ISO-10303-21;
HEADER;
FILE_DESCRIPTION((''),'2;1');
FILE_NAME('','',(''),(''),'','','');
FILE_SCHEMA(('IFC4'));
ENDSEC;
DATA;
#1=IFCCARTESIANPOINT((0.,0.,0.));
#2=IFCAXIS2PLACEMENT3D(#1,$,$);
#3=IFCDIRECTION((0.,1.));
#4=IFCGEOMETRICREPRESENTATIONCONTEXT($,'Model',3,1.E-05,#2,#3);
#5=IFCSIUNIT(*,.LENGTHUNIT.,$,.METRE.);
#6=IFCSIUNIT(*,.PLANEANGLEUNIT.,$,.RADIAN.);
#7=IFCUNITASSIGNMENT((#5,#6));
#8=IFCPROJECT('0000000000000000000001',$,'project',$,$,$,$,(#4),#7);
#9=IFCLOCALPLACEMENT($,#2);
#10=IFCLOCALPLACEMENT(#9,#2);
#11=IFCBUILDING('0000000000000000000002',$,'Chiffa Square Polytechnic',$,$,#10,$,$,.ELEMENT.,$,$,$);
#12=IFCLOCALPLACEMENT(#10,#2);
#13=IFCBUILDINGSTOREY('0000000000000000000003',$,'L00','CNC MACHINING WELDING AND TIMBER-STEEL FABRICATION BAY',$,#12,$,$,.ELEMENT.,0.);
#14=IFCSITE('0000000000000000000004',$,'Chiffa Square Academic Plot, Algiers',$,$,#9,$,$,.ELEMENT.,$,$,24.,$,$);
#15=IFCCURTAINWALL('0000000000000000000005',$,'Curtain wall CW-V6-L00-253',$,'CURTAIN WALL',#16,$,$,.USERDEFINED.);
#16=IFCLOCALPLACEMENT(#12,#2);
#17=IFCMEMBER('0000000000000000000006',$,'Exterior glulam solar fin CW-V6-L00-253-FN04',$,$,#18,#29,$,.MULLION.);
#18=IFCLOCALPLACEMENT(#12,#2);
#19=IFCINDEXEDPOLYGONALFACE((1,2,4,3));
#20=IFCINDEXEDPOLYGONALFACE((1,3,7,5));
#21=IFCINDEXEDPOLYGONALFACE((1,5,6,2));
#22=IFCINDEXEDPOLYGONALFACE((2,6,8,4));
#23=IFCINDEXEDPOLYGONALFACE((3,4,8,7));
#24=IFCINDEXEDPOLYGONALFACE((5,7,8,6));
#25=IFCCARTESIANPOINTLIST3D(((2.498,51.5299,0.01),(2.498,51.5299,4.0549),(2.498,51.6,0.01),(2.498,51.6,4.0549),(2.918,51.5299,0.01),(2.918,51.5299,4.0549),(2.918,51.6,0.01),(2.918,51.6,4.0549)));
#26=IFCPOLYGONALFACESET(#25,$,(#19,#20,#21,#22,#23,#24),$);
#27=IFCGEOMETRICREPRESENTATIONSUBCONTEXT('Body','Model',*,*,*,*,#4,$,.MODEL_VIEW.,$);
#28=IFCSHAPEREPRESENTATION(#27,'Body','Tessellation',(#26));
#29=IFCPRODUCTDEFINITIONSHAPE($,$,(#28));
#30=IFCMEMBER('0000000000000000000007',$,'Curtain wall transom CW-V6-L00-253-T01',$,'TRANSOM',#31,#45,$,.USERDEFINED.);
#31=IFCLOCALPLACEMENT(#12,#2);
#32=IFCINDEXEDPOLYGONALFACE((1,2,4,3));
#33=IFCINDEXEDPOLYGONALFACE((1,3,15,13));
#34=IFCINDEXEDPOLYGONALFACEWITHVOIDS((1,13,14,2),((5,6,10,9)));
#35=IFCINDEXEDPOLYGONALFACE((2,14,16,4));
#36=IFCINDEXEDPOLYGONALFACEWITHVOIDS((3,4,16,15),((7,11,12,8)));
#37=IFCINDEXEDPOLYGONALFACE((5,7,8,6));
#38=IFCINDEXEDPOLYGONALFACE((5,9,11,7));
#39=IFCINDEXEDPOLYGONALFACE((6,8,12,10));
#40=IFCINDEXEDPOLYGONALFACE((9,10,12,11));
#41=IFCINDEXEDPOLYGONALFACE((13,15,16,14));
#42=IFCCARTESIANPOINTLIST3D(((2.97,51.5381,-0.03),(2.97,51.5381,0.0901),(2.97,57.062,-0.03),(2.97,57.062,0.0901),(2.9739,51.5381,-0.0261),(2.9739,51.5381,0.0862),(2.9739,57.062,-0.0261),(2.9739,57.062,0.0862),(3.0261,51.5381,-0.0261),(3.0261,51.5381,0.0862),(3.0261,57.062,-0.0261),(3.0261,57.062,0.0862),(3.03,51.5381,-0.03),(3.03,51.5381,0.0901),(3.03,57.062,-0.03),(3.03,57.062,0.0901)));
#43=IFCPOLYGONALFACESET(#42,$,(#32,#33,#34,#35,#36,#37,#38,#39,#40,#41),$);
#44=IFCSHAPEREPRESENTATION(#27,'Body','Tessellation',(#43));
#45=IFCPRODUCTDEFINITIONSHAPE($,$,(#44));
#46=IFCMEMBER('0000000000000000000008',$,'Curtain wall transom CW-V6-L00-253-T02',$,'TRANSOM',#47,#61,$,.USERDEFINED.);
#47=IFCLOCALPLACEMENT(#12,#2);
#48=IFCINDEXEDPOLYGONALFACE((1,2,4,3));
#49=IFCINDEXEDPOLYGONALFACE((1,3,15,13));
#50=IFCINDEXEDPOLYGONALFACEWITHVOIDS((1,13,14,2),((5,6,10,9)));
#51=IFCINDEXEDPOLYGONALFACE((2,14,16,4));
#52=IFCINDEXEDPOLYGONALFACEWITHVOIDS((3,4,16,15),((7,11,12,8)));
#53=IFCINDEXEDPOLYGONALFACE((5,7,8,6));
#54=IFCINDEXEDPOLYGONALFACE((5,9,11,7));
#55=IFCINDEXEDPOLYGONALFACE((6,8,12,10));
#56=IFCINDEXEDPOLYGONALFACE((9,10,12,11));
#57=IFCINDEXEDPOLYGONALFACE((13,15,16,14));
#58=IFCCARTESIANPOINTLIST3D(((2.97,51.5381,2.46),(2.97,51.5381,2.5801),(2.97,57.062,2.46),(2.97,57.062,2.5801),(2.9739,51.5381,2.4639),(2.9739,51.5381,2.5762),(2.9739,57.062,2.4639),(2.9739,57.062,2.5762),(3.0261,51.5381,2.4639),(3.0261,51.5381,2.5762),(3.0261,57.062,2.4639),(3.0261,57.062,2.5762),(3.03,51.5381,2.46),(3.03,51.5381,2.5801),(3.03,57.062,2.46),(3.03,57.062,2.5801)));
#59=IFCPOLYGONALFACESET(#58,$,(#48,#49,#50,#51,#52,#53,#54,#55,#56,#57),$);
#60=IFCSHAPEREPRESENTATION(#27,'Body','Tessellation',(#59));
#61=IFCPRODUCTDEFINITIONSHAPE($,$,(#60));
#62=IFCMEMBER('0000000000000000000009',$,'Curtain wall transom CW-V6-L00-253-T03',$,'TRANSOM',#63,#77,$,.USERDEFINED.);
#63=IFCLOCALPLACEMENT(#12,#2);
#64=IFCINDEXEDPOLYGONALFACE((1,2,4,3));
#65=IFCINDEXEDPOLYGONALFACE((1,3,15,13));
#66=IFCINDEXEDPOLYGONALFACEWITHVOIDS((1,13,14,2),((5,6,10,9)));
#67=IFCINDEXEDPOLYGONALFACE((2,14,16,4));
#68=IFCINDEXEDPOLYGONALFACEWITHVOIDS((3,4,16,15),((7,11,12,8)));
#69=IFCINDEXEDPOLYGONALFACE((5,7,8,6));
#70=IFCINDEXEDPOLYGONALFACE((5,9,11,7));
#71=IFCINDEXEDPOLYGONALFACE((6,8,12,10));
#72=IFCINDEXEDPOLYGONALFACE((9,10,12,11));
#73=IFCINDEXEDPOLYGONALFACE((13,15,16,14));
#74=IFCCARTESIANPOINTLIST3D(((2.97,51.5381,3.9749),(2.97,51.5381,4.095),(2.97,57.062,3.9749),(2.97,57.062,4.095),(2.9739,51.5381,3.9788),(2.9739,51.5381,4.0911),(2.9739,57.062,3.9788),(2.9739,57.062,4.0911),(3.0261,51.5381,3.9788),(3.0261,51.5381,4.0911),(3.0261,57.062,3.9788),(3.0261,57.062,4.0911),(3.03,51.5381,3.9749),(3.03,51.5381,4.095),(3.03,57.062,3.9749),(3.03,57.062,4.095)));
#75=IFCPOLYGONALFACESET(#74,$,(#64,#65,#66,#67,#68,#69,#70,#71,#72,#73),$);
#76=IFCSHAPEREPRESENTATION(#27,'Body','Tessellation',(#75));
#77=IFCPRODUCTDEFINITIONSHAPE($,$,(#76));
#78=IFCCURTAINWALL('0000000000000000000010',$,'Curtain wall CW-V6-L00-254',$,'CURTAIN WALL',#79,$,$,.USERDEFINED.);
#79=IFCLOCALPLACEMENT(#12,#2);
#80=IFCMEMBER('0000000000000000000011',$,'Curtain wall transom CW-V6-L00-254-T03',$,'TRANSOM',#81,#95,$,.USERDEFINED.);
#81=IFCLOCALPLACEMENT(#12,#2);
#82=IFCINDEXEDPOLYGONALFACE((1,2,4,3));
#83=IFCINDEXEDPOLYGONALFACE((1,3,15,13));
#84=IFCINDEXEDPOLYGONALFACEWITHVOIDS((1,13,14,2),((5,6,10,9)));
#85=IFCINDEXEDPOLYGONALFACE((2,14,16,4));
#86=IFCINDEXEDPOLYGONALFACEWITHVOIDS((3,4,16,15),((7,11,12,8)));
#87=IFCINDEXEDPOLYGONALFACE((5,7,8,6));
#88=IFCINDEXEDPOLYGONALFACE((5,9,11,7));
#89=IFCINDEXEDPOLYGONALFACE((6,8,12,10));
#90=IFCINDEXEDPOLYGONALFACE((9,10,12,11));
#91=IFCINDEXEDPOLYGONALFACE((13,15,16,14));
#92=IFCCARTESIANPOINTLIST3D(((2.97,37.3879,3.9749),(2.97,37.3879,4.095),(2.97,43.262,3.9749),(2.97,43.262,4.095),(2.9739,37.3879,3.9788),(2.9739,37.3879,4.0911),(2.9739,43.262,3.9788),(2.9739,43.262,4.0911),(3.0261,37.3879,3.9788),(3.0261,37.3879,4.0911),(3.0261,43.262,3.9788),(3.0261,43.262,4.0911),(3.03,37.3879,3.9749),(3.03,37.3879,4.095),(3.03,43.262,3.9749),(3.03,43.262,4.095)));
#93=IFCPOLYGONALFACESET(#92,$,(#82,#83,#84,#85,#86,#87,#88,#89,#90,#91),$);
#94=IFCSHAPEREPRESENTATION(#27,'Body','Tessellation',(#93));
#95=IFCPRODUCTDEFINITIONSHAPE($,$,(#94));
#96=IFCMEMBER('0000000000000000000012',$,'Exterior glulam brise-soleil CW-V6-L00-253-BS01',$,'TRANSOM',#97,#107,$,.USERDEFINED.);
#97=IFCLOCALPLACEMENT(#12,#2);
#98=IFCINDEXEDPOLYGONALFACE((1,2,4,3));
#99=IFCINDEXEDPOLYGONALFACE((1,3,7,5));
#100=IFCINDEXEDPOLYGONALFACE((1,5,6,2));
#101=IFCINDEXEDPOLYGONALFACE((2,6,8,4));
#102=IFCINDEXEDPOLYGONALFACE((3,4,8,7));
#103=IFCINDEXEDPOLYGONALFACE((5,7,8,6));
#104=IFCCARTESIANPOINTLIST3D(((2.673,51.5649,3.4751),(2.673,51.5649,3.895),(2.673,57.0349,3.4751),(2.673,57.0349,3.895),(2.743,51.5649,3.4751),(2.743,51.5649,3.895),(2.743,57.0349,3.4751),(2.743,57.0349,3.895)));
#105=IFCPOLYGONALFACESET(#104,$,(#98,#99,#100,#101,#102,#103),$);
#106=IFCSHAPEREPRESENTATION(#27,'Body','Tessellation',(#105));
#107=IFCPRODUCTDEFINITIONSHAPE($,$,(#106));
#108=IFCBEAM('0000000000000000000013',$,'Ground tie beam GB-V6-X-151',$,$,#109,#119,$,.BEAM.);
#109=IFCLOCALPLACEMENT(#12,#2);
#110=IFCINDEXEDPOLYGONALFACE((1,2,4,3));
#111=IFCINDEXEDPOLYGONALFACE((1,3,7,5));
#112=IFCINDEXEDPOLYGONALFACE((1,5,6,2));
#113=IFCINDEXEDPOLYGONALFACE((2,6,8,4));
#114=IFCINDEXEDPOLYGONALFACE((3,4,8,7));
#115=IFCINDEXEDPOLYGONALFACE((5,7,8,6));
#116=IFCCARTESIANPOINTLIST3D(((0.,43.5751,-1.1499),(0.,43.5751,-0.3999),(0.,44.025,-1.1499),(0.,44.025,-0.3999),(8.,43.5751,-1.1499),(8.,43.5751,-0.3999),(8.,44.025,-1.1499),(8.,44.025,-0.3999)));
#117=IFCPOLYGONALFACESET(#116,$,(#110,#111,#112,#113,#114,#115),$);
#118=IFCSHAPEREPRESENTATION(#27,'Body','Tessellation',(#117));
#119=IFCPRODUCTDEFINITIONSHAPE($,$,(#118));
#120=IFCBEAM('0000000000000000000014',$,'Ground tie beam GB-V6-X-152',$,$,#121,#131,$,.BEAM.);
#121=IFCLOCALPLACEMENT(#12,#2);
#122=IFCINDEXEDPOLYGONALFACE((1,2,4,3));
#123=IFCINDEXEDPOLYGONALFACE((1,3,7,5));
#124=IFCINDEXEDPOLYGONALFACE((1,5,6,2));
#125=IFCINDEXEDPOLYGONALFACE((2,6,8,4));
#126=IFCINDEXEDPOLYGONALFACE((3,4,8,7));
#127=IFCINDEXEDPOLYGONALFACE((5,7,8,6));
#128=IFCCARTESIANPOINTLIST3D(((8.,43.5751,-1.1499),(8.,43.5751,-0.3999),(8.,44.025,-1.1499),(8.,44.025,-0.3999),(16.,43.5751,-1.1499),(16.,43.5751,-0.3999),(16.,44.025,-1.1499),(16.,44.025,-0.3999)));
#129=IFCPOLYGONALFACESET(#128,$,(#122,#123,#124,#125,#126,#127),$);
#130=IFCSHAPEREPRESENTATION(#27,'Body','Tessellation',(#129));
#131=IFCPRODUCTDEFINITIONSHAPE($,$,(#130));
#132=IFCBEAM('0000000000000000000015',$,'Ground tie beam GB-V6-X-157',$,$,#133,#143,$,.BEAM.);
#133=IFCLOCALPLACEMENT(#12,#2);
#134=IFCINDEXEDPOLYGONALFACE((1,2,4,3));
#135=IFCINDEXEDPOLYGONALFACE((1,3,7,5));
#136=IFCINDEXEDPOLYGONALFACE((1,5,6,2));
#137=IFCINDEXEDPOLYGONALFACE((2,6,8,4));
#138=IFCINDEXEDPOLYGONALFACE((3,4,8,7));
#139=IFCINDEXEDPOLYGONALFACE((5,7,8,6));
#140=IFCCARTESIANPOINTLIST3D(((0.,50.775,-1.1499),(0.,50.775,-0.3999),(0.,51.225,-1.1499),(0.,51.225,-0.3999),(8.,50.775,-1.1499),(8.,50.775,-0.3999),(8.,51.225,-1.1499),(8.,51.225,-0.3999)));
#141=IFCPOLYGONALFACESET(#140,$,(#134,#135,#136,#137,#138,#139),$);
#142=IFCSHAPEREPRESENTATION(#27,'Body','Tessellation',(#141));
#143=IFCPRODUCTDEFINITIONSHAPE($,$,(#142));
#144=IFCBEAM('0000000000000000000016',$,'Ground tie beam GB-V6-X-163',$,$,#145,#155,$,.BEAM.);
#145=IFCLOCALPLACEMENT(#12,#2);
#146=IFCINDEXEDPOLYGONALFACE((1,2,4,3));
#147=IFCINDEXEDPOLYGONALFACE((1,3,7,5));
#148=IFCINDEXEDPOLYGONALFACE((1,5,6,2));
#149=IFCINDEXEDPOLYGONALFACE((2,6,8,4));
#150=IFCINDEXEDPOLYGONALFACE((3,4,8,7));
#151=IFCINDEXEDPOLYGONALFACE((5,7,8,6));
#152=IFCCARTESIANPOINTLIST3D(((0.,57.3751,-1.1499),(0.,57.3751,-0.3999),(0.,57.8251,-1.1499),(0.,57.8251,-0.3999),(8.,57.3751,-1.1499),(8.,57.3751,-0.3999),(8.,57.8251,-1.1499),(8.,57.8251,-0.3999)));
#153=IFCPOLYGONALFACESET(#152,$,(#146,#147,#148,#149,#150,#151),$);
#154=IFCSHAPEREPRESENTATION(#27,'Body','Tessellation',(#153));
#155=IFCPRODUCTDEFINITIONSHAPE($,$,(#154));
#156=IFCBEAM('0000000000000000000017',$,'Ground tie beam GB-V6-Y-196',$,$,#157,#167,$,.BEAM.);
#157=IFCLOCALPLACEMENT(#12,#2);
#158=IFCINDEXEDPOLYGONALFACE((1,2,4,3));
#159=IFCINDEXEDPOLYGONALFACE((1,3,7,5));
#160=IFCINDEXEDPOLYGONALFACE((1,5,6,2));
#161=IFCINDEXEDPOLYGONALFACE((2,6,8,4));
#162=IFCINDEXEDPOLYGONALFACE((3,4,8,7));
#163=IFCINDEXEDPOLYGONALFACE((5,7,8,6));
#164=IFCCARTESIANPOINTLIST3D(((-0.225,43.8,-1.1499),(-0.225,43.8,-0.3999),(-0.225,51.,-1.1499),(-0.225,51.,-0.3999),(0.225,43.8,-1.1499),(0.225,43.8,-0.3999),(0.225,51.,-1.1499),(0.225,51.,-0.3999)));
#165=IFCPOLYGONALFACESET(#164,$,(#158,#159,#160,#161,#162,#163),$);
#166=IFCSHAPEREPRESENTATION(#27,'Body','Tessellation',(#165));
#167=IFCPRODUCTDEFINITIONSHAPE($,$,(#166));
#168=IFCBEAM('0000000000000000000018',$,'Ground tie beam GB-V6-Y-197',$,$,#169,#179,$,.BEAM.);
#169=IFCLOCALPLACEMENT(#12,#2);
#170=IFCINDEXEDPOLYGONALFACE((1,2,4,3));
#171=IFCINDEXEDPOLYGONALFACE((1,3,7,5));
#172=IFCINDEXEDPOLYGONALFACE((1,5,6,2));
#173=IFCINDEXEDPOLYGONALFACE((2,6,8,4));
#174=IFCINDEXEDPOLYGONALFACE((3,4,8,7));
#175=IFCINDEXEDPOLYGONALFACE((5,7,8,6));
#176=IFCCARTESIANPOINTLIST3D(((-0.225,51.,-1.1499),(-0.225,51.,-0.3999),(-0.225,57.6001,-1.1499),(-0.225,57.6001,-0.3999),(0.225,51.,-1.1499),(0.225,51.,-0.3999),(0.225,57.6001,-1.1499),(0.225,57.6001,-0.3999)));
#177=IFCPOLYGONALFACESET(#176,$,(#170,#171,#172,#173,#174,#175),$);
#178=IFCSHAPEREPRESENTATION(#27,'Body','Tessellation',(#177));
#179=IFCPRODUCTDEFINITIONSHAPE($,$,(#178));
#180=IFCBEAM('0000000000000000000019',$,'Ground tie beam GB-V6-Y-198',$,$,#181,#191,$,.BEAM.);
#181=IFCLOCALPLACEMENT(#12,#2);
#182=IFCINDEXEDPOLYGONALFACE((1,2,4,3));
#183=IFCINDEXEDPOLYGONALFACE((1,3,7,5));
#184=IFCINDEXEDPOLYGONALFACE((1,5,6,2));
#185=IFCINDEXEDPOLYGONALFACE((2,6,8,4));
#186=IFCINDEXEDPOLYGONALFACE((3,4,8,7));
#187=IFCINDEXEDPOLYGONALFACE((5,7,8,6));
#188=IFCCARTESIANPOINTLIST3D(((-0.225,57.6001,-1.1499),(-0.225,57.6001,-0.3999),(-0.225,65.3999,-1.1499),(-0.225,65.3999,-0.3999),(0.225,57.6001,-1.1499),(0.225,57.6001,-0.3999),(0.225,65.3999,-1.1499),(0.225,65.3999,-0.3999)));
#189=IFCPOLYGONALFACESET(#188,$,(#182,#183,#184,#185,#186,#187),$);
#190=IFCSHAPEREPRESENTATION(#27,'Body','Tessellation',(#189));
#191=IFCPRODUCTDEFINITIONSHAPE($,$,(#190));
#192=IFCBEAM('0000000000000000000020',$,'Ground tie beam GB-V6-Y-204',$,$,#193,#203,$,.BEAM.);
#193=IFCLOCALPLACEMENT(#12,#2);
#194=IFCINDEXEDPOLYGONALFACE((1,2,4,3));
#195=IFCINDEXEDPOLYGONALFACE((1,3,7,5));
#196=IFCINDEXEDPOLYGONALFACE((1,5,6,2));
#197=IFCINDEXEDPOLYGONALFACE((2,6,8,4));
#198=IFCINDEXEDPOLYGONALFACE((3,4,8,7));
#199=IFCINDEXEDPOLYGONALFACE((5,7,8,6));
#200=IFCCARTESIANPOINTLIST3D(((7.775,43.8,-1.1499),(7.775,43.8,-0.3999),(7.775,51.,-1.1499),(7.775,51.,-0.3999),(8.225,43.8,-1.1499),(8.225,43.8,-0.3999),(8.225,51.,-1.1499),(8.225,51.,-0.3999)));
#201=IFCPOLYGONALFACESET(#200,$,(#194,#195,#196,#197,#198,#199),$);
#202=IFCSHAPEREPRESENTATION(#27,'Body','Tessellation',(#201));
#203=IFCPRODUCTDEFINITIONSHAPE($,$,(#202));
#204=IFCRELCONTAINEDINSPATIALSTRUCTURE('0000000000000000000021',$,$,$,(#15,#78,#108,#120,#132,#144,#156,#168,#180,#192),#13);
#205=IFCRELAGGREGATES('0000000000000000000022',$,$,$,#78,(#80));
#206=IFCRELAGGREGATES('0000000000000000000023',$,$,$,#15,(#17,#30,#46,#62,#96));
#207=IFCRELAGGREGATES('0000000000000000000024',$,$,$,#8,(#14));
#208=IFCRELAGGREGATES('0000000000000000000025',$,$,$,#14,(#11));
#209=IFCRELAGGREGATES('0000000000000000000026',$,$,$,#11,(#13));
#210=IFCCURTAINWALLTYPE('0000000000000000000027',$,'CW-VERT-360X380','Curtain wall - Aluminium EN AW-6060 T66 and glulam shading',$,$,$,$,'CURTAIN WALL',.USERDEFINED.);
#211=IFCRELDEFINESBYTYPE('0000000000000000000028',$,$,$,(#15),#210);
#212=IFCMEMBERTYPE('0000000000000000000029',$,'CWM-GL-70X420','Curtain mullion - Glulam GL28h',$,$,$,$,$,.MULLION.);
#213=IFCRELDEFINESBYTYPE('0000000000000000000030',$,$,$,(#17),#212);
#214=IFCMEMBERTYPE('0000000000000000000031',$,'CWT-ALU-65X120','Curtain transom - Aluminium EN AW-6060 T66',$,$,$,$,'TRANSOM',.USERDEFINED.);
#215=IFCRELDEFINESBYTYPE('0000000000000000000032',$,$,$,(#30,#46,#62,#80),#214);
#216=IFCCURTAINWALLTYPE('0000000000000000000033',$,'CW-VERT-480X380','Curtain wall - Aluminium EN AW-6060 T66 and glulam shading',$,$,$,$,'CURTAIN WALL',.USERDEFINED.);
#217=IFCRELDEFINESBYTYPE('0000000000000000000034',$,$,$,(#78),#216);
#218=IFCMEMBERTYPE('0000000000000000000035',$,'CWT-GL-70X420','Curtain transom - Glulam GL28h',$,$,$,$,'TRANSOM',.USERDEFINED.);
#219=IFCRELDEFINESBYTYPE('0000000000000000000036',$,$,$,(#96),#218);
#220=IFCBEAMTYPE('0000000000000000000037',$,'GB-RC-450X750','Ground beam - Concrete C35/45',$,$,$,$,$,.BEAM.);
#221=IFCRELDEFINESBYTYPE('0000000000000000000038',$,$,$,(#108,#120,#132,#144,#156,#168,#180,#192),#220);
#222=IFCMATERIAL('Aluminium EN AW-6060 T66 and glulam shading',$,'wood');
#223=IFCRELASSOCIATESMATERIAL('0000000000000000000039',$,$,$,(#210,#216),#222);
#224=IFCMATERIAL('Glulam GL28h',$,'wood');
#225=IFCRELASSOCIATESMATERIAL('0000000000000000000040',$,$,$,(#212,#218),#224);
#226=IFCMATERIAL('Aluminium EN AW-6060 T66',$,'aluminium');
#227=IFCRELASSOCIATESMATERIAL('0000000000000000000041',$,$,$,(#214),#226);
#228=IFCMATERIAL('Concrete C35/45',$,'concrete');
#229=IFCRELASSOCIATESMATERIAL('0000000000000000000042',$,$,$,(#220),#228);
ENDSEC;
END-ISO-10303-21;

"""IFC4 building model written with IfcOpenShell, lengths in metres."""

from ifc_helpers import new_model, si_unit, direction, frame, origin, origin_2d, place, context, subcontext, project, spatial, rectangle, hollow_rectangle, extrude, material, material_profile, profile_set, type_object, element, aggregate, save


model = new_model("IFC4")

# Units and contexts
model_context = context("Model", 3, precision=1e-05, world=origin(), true_north=direction((0.0, 1.0)))
body_context = subcontext(model_context, "Body", "Model", "MODEL_VIEW")
ifc_project = project(units=[si_unit("LENGTHUNIT", "METRE"), si_unit("PLANEANGLEUNIT", "RADIAN")], contexts=[model_context])

# Site, building, storey
site_placement = place(None, origin())
site = spatial("IfcSite", under=ifc_project, at=site_placement, Name="Chiffa Square Academic Plot, Algiers", CompositionType="ELEMENT", RefElevation=24.0)
building_placement = place(site_placement, origin())
building = spatial("IfcBuilding", under=site, at=building_placement, Name="Chiffa Square Polytechnic", CompositionType="ELEMENT")
storey_placement = place(building_placement, origin())
storey = spatial("IfcBuildingStorey", under=building, at=storey_placement, Name="L00", Description="CNC MACHINING WELDING AND TIMBER-STEEL FABRICATION BAY", CompositionType="ELEMENT", Elevation=0.0)

# Shared definitions
ifc_material_1 = material(Name="Concrete C35/45", Category="concrete")

# Curtain wall, members
ifc_material_2 = material(Name="Aluminium EN AW-6060 T66 and glulam shading", Category="wood")
curtain_wall_type_1 = type_object("IfcCurtainWallType", Name="CW-VERT-360X380", Description="Curtain wall - Aluminium EN AW-6060 T66 and glulam shading", ElementType="CURTAIN WALL", PredefinedType="USERDEFINED", material=ifc_material_2)
curtain_wall_1_placement = place(storey_placement, origin())
curtain_wall_1 = element("IfcCurtainWall", 1, at=curtain_wall_1_placement, inside=storey, type_object=curtain_wall_type_1, Name="Curtain wall CW-V6-L00-253", ObjectType="CURTAIN WALL", PredefinedType="USERDEFINED")
ifc_material_3 = material(Name="Aluminium EN AW-6060 T66", Category="aluminium")
ifc_material_4 = material(Name="Glulam GL28h", Category="wood")
ifc_material_profile_1 = material_profile(ifc_material_4, rectangle(XDim=0.0701, YDim=0.4199, at=origin_2d()), Name="GL28h 70x420")
ifc_profile_set_1 = profile_set([ifc_material_profile_1], Name="Glulam GL28h")
member_type_1 = type_object("IfcMemberType", Name="CWM-GL-70X420", Description="Curtain mullion - Glulam GL28h", PredefinedType="MULLION", material=ifc_profile_set_1)
member_1_placement = place(storey_placement, frame((2.708, 51.5649, 0.01), z_axis=(0.0, 0.0, 1.0), x_axis=(0.0, -1.0, 0.0)))
member_1 = element("IfcMember", 2, at=member_1_placement, type_object=member_type_1, Name="Exterior glulam solar fin CW-V6-L00-253-FN04", PredefinedType="MULLION", context=body_context, shape_type="SweptSolid", body=[
    extrude(rectangle(XDim=0.0701, YDim=0.4199, at=origin_2d()), origin(), (0.0, 0.0, 1.0), 4.0449),
])
ifc_material_profile_2 = material_profile(ifc_material_3, hollow_rectangle(XDim=0.0601, YDim=0.1201, WallThickness=0.0039, at=origin_2d()), Name="ALU 60x120x4")
ifc_profile_set_2 = profile_set([ifc_material_profile_2], Name="Aluminium EN AW-6060 T66")
member_type_2 = type_object("IfcMemberType", Name="CWT-ALU-65X120", Description="Curtain transom - Aluminium EN AW-6060 T66", ElementType="TRANSOM", PredefinedType="USERDEFINED", material=ifc_profile_set_2)
member_2_placement = place(storey_placement, frame((3.0, 57.062, 0.03), z_axis=(0.0, -1.0, 0.0), x_axis=(1.0, 0.0, 0.0)))
member_2 = element("IfcMember", 3, at=member_2_placement, type_object=member_type_2, Name="Curtain wall transom CW-V6-L00-253-T01", ObjectType="TRANSOM", PredefinedType="USERDEFINED", context=body_context, shape_type="SweptSolid", body=[
    extrude(hollow_rectangle(XDim=0.0601, YDim=0.1201, WallThickness=0.0039, at=origin_2d()), origin(), (0.0, 0.0, 1.0), 5.5239),
])
member_3_placement = place(storey_placement, frame((3.0, 57.062, 2.52), z_axis=(0.0, -1.0, 0.0), x_axis=(1.0, 0.0, 0.0)))
member_3 = element("IfcMember", 4, at=member_3_placement, type_object=member_type_2, Name="Curtain wall transom CW-V6-L00-253-T02", ObjectType="TRANSOM", PredefinedType="USERDEFINED", context=body_context, shape_type="SweptSolid", body=[
    extrude(hollow_rectangle(XDim=0.0601, YDim=0.1201, WallThickness=0.0039, at=origin_2d()), origin(), (0.0, 0.0, 1.0), 5.5239),
])
member_4_placement = place(storey_placement, frame((3.0, 57.062, 4.0349), z_axis=(0.0, -1.0, 0.0), x_axis=(1.0, 0.0, 0.0)))
member_4 = element("IfcMember", 5, at=member_4_placement, type_object=member_type_2, Name="Curtain wall transom CW-V6-L00-253-T03", ObjectType="TRANSOM", PredefinedType="USERDEFINED", context=body_context, shape_type="SweptSolid", body=[
    extrude(hollow_rectangle(XDim=0.0601, YDim=0.1201, WallThickness=0.0039, at=origin_2d()), origin(), (0.0, 0.0, 1.0), 5.5239),
])

# Curtain wall, member
curtain_wall_type_2 = type_object("IfcCurtainWallType", Name="CW-VERT-480X380", Description="Curtain wall - Aluminium EN AW-6060 T66 and glulam shading", ElementType="CURTAIN WALL", PredefinedType="USERDEFINED", material=ifc_material_2)
curtain_wall_2_placement = place(storey_placement, origin())
curtain_wall_2 = element("IfcCurtainWall", 6, at=curtain_wall_2_placement, inside=storey, type_object=curtain_wall_type_2, Name="Curtain wall CW-V6-L00-254", ObjectType="CURTAIN WALL", PredefinedType="USERDEFINED")
member_5_placement = place(storey_placement, frame((3.0, 43.262, 4.0349), z_axis=(0.0, -1.0, 0.0), x_axis=(1.0, 0.0, 0.0)))
member_5 = element("IfcMember", 7, at=member_5_placement, type_object=member_type_2, Name="Curtain wall transom CW-V6-L00-254-T03", ObjectType="TRANSOM", PredefinedType="USERDEFINED", context=body_context, shape_type="SweptSolid", body=[
    extrude(hollow_rectangle(XDim=0.0601, YDim=0.1201, WallThickness=0.0039, at=origin_2d()), origin(), (0.0, 0.0, 1.0), 5.874),
])
aggregate(curtain_wall_2, [member_5])

# Member
ifc_material_profile_3 = material_profile(ifc_material_4, rectangle(XDim=0.0701, YDim=0.4199, at=origin_2d()), Name="GL28h 70x420")
ifc_profile_set_3 = profile_set([ifc_material_profile_3], Name="Glulam GL28h")
member_type_3 = type_object("IfcMemberType", Name="CWT-GL-70X420", Description="Curtain transom - Glulam GL28h", ElementType="TRANSOM", PredefinedType="USERDEFINED", material=ifc_profile_set_3)
member_6_placement = place(storey_placement, frame((2.708, 57.0349, 3.6851), z_axis=(0.0, -1.0, 0.0), x_axis=(1.0, 0.0, 0.0)))
member_6 = element("IfcMember", 8, at=member_6_placement, type_object=member_type_3, Name="Exterior glulam brise-soleil CW-V6-L00-253-BS01", ObjectType="TRANSOM", PredefinedType="USERDEFINED", context=body_context, shape_type="SweptSolid", body=[
    extrude(rectangle(XDim=0.0701, YDim=0.4199, at=origin_2d()), origin(), (0.0, 0.0, 1.0), 5.47),
])

# Beams
ifc_material_profile_4 = material_profile(ifc_material_1, rectangle(XDim=0.45, YDim=0.75, at=origin_2d()), Name="RC 450x750")
ifc_profile_set_4 = profile_set([ifc_material_profile_4], Name="Concrete C35/45")
beam_type = type_object("IfcBeamType", Name="GB-RC-450X750", Description="Ground beam - Concrete C35/45", PredefinedType="BEAM", material=ifc_profile_set_4)
for number, where, z_axis, x_axis, name in (
    (9, (0.0, 43.8, -0.7749), (1.0, 0.0, 0.0), (0.0, 1.0, 0.0), "Ground tie beam GB-V6-X-151"),
    (10, (8.0, 43.8, -0.7749), (1.0, 0.0, 0.0), (0.0, 1.0, 0.0), "Ground tie beam GB-V6-X-152"),
    (11, (0.0, 51.0, -0.7749), (1.0, 0.0, 0.0), (0.0, 1.0, 0.0), "Ground tie beam GB-V6-X-157"),
    (12, (0.0, 57.6001, -0.7749), (1.0, 0.0, 0.0), (0.0, 1.0, 0.0), "Ground tie beam GB-V6-X-163"),
):
    element("IfcBeam", number, at=place(storey_placement, frame(where, z_axis=z_axis, x_axis=x_axis)), inside=storey, type_object=beam_type, Name=name, PredefinedType="BEAM", context=body_context, shape_type="SweptSolid", body=[
        extrude(rectangle(XDim=0.45, YDim=0.75, at=origin_2d()), origin(), (0.0, 0.0, 1.0), 8.0),
    ])
beam_1_placement = place(storey_placement, frame((0.0, 43.8, -0.7749), z_axis=(0.0, 1.0, 0.0), x_axis=(-1.0, 0.0, 0.0)))
element("IfcBeam", 13, at=beam_1_placement, inside=storey, type_object=beam_type, Name="Ground tie beam GB-V6-Y-196", PredefinedType="BEAM", context=body_context, shape_type="SweptSolid", body=[
    extrude(rectangle(XDim=0.45, YDim=0.75, at=origin_2d()), origin(), (0.0, 0.0, 1.0), 7.2),
])
beam_2_placement = place(storey_placement, frame((0.0, 51.0, -0.7749), z_axis=(0.0, 1.0, 0.0), x_axis=(-1.0, 0.0, 0.0)))
element("IfcBeam", 14, at=beam_2_placement, inside=storey, type_object=beam_type, Name="Ground tie beam GB-V6-Y-197", PredefinedType="BEAM", context=body_context, shape_type="SweptSolid", body=[
    extrude(rectangle(XDim=0.45, YDim=0.75, at=origin_2d()), origin(), (0.0, 0.0, 1.0), 6.6001),
])
beam_3_placement = place(storey_placement, frame((0.0, 57.6001, -0.7749), z_axis=(0.0, 1.0, 0.0), x_axis=(-1.0, 0.0, 0.0)))
element("IfcBeam", 15, at=beam_3_placement, inside=storey, type_object=beam_type, Name="Ground tie beam GB-V6-Y-198", PredefinedType="BEAM", context=body_context, shape_type="SweptSolid", body=[
    extrude(rectangle(XDim=0.45, YDim=0.75, at=origin_2d()), origin(), (0.0, 0.0, 1.0), 7.7998),
])
beam_4_placement = place(storey_placement, frame((8.0, 43.8, -0.7749), z_axis=(0.0, 1.0, 0.0), x_axis=(-1.0, 0.0, 0.0)))
element("IfcBeam", 16, at=beam_4_placement, inside=storey, type_object=beam_type, Name="Ground tie beam GB-V6-Y-204", PredefinedType="BEAM", context=body_context, shape_type="SweptSolid", body=[
    extrude(rectangle(XDim=0.45, YDim=0.75, at=origin_2d()), origin(), (0.0, 0.0, 1.0), 7.2),
])

aggregate(curtain_wall_1, [member_1, member_2, member_3, member_4, member_6])

save(model, "model.ifc")
